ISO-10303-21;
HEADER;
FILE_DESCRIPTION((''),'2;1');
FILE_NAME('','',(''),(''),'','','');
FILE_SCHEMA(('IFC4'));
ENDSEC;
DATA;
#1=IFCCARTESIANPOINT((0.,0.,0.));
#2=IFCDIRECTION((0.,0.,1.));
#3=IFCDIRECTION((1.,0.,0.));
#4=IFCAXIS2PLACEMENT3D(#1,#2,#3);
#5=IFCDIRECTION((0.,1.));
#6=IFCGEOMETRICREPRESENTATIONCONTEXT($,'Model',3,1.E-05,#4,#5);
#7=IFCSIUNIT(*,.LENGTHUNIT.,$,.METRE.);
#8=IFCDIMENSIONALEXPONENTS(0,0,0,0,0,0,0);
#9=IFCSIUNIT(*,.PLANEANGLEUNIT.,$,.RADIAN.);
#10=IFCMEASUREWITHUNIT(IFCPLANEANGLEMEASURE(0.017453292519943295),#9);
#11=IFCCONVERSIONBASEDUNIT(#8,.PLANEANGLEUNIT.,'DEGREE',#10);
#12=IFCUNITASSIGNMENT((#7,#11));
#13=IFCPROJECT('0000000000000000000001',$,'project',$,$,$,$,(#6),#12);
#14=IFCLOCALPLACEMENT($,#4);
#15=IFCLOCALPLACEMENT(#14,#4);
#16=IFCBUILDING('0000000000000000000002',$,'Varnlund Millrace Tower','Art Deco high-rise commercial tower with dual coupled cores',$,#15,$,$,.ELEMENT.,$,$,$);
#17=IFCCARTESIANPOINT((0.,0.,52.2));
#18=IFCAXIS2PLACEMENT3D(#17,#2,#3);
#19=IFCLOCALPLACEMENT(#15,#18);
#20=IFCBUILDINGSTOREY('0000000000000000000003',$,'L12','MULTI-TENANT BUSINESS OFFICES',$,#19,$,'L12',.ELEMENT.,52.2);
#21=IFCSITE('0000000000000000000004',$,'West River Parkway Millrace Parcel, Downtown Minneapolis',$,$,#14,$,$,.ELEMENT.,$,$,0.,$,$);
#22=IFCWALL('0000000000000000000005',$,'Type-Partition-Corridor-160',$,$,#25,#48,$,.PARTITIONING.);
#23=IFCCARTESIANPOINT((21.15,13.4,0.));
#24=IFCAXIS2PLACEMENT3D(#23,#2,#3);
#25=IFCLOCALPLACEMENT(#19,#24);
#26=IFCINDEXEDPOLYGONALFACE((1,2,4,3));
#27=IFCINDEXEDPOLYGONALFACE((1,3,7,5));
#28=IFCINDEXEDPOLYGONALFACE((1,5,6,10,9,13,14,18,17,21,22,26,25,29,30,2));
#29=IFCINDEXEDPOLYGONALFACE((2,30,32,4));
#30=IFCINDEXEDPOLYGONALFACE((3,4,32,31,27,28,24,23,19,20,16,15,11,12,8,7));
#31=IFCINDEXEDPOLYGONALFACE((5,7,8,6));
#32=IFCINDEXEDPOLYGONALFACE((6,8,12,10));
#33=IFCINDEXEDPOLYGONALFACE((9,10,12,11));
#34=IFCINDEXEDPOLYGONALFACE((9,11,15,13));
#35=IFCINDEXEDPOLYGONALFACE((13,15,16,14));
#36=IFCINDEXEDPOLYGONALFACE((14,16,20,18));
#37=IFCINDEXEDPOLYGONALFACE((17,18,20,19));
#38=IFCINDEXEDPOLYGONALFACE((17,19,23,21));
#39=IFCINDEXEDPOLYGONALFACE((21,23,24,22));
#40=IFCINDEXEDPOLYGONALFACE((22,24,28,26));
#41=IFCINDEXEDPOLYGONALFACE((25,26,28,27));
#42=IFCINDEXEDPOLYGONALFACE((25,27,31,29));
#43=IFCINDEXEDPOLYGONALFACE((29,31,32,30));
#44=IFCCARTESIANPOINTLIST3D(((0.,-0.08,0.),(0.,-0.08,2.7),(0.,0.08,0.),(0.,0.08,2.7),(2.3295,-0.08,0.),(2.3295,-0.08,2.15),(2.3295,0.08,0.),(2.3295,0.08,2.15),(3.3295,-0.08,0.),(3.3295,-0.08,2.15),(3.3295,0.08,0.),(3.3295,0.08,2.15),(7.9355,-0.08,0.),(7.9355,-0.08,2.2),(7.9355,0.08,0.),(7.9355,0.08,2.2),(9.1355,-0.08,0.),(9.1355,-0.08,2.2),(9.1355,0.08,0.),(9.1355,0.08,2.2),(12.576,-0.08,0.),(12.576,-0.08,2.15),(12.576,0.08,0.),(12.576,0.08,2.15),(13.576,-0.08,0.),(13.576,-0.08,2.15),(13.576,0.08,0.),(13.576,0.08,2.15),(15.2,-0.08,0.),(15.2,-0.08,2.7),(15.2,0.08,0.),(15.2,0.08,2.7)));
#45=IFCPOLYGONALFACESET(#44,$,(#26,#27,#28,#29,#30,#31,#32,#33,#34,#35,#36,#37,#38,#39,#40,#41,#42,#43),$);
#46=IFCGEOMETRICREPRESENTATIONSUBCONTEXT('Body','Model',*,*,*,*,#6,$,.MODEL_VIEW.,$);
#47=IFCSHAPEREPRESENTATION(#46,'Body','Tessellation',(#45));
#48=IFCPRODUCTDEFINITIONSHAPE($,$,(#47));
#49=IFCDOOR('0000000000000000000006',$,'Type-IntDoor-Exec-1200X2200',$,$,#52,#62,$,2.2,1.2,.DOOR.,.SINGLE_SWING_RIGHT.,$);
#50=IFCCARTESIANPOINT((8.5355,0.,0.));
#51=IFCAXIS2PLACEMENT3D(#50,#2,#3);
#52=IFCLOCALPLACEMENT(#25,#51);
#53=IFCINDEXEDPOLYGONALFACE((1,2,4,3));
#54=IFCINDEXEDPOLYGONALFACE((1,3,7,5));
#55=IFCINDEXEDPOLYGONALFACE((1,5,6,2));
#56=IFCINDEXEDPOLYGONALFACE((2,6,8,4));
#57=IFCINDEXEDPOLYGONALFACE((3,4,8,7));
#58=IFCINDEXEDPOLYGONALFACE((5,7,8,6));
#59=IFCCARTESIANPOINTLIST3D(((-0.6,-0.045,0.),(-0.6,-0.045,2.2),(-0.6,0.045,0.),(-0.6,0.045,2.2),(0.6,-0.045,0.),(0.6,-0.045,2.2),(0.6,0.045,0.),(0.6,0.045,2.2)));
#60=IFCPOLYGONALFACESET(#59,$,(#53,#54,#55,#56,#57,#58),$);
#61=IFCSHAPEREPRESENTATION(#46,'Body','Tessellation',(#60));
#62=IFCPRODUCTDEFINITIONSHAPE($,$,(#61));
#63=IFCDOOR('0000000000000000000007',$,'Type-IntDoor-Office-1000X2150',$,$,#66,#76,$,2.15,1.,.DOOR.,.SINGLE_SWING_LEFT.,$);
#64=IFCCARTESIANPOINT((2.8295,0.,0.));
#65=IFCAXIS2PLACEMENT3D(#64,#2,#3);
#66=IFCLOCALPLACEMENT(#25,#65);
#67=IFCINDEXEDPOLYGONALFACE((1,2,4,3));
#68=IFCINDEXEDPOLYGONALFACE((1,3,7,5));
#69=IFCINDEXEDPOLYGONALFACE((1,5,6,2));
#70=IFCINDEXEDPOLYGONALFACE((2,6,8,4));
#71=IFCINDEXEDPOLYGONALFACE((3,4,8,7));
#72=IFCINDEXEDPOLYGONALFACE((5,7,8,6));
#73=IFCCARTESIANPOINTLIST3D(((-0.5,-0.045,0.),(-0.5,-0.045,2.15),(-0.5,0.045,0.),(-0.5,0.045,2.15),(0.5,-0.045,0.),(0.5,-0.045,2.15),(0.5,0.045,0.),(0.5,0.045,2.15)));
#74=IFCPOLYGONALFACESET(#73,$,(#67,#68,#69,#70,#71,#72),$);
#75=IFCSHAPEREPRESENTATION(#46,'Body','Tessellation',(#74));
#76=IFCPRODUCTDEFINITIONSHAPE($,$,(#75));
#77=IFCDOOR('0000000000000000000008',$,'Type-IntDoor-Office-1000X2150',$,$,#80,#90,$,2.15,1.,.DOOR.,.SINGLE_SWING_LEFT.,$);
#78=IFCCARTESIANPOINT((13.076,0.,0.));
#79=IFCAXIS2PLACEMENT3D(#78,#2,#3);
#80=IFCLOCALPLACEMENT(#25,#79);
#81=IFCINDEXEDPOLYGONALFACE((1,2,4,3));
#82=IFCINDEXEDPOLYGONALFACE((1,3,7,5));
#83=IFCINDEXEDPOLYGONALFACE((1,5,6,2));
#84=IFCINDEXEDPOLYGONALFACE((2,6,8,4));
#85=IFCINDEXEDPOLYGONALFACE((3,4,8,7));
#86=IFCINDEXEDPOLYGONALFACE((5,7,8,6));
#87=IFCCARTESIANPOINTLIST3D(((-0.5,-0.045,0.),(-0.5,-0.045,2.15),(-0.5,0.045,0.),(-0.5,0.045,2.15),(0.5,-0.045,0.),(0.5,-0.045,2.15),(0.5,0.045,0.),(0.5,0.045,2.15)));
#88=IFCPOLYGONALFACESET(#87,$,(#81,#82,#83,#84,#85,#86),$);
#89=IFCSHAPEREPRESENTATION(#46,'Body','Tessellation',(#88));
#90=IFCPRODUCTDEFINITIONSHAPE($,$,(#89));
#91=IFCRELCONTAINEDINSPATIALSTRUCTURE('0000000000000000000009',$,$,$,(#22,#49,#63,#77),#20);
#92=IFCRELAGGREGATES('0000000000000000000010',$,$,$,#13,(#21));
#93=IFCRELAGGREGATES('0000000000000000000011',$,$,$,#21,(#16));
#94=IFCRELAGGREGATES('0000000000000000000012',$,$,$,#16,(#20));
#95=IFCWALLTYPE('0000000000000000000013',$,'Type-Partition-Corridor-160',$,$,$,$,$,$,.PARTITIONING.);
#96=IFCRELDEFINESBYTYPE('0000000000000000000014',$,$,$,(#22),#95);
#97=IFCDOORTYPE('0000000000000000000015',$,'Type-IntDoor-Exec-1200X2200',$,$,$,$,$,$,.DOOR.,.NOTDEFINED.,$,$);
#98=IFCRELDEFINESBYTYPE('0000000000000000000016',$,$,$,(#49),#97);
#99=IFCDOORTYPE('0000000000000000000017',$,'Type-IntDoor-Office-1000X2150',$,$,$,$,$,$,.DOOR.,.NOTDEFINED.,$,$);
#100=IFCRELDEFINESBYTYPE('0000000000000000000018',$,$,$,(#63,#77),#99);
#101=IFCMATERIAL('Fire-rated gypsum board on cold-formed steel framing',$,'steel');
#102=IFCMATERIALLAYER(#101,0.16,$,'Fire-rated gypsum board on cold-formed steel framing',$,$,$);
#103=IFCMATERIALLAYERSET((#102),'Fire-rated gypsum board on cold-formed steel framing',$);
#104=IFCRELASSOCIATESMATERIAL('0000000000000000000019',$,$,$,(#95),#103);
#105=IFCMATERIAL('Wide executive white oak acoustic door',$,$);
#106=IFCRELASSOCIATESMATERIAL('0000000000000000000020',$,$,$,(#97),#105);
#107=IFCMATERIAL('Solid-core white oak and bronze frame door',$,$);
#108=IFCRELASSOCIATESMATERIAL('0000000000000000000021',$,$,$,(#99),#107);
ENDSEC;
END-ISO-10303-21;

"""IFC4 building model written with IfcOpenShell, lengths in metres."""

from ifc_helpers import new_model, entity, si_unit, converted_unit, direction, frame, origin_with_axes, origin_2d_with_axis, place, context, subcontext, project, spatial, polyline, rectangle, outline, extrude, material, layer, layer_set, type_object, element, fill, save


model = new_model("IFC4")

# Units and contexts
model_context = context("Model", 3, precision=1e-05, world=origin_with_axes(), true_north=direction((0.0, 1.0)))
body_context = subcontext(model_context, "Body", "Model", "MODEL_VIEW")
ifc_project = project(units=[si_unit("LENGTHUNIT", "METRE"), converted_unit("PLANEANGLEUNIT", "DEGREE", entity("IfcPlaneAngleMeasure", 0.017453292519943295), si_unit("PLANEANGLEUNIT", "RADIAN"), dimensions=[0, 0, 0, 0, 0, 0, 0])], contexts=[model_context])

# Site, building, storey
site_placement = place(None, origin_with_axes())
site = spatial("IfcSite", under=ifc_project, at=site_placement, Name="West River Parkway Millrace Parcel, Downtown Minneapolis", CompositionType="ELEMENT", RefElevation=0.0)
building_placement = place(site_placement, origin_with_axes())
building = spatial("IfcBuilding", under=site, at=building_placement, Name="Varnlund Millrace Tower", Description="Art Deco high-rise commercial tower with dual coupled cores", CompositionType="ELEMENT")
storey_placement = place(building_placement, frame((0.0, 0.0, 52.2), z_axis=(0.0, 0.0, 1.0), x_axis=(1.0, 0.0, 0.0)))
storey = spatial("IfcBuildingStorey", under=building, at=storey_placement, Name="L12", Description="MULTI-TENANT BUSINESS OFFICES", LongName="L12", CompositionType="ELEMENT", Elevation=52.2)

# Shared definitions
ifc_material_1 = material(Name="Fire-rated gypsum board on cold-formed steel framing", Category="steel")
ifc_layer_1 = layer(ifc_material_1, 0.16, Name="Fire-rated gypsum board on cold-formed steel framing")
ifc_layer_set_1 = layer_set([ifc_layer_1], Name="Fire-rated gypsum board on cold-formed steel framing")
wall_type_1 = type_object("IfcWallType", Name="Type-Partition-Corridor-160", PredefinedType="PARTITIONING", material=ifc_layer_set_1)

# Wall, openings, doors
wall_1_placement = place(storey_placement, frame((21.15, 13.4, 0.0), z_axis=(0.0, 0.0, 1.0), x_axis=(1.0, 0.0, 0.0)))
wall_1 = element("IfcWall", 1, at=wall_1_placement, inside=storey, type_object=wall_type_1, Name="Type-Partition-Corridor-160", PredefinedType="PARTITIONING", context=body_context, shape_type="SweptSolid", body=[
    extrude(outline(polyline([(0.0, -0.08), (15.2, -0.08), (15.2, 0.08), (0.0, 0.08), (0.0, -0.08)])), origin_with_axes(), (0.0, 0.0, 1.0), 2.7),
])
opening_1_placement = place(wall_1_placement, frame((2.8295, 0.0, 0.0), z_axis=(0.0, 0.0, 1.0), x_axis=(1.0, 0.0, 0.0)))
opening_1 = element("IfcOpeningElement", 2, at=opening_1_placement, cuts=wall_1, PredefinedType="OPENING", context=body_context, shape_type="SweptSolid", body=[
    extrude(rectangle(XDim=1.0, YDim=0.18, at=origin_2d_with_axis()), origin_with_axes(), (0.0, 0.0, 1.0), 2.15),
])
opening_2_placement = place(wall_1_placement, frame((8.5355, 0.0, 0.0), z_axis=(0.0, 0.0, 1.0), x_axis=(1.0, 0.0, 0.0)))
opening_2 = element("IfcOpeningElement", 3, at=opening_2_placement, cuts=wall_1, PredefinedType="OPENING", context=body_context, shape_type="SweptSolid", body=[
    extrude(rectangle(XDim=1.2, YDim=0.18, at=origin_2d_with_axis()), origin_with_axes(), (0.0, 0.0, 1.0), 2.2),
])
opening_3_placement = place(wall_1_placement, frame((13.076, 0.0, 0.0), z_axis=(0.0, 0.0, 1.0), x_axis=(1.0, 0.0, 0.0)))
opening_3 = element("IfcOpeningElement", 4, at=opening_3_placement, cuts=wall_1, PredefinedType="OPENING", context=body_context, shape_type="SweptSolid", body=[
    extrude(rectangle(XDim=1.0, YDim=0.18, at=origin_2d_with_axis()), origin_with_axes(), (0.0, 0.0, 1.0), 2.15),
])
ifc_material_2 = material(Name="Wide executive white oak acoustic door")
door_type_1 = type_object("IfcDoorType", Name="Type-IntDoor-Exec-1200X2200", OperationType="NOTDEFINED", PredefinedType="DOOR", material=ifc_material_2)
door_1_placement = place(wall_1_placement, frame((8.5355, 0.0, 0.0), z_axis=(0.0, 0.0, 1.0), x_axis=(1.0, 0.0, 0.0)))
door_1 = element("IfcDoor", 5, at=door_1_placement, inside=storey, type_object=door_type_1, Name="Type-IntDoor-Exec-1200X2200", OperationType="SINGLE_SWING_RIGHT", OverallHeight=2.2, OverallWidth=1.2, PredefinedType="DOOR", context=body_context, shape_type="SweptSolid", body=[
    extrude(rectangle(XDim=1.2, YDim=0.09, at=origin_2d_with_axis()), origin_with_axes(), (0.0, 0.0, 1.0), 2.2),
])
fill(opening_2, door_1)
ifc_material_3 = material(Name="Solid-core white oak and bronze frame door")
door_type_2 = type_object("IfcDoorType", Name="Type-IntDoor-Office-1000X2150", OperationType="NOTDEFINED", PredefinedType="DOOR", material=ifc_material_3)
door_2_placement = place(wall_1_placement, frame((2.8295, 0.0, 0.0), z_axis=(0.0, 0.0, 1.0), x_axis=(1.0, 0.0, 0.0)))
door_2 = element("IfcDoor", 6, at=door_2_placement, inside=storey, type_object=door_type_2, Name="Type-IntDoor-Office-1000X2150", OperationType="SINGLE_SWING_LEFT", OverallHeight=2.15, OverallWidth=1.0, PredefinedType="DOOR", context=body_context, shape_type="SweptSolid", body=[
    extrude(rectangle(XDim=1.0, YDim=0.09, at=origin_2d_with_axis()), origin_with_axes(), (0.0, 0.0, 1.0), 2.15),
])
fill(opening_1, door_2)
door_3_placement = place(wall_1_placement, frame((13.076, 0.0, 0.0), z_axis=(0.0, 0.0, 1.0), x_axis=(1.0, 0.0, 0.0)))
door_3 = element("IfcDoor", 7, at=door_3_placement, inside=storey, type_object=door_type_2, Name="Type-IntDoor-Office-1000X2150", OperationType="SINGLE_SWING_LEFT", OverallHeight=2.15, OverallWidth=1.0, PredefinedType="DOOR", context=body_context, shape_type="SweptSolid", body=[
    extrude(rectangle(XDim=1.0, YDim=0.09, at=origin_2d_with_axis()), origin_with_axes(), (0.0, 0.0, 1.0), 2.15),
])
fill(opening_3, door_3)

save(model, "model.ifc")
